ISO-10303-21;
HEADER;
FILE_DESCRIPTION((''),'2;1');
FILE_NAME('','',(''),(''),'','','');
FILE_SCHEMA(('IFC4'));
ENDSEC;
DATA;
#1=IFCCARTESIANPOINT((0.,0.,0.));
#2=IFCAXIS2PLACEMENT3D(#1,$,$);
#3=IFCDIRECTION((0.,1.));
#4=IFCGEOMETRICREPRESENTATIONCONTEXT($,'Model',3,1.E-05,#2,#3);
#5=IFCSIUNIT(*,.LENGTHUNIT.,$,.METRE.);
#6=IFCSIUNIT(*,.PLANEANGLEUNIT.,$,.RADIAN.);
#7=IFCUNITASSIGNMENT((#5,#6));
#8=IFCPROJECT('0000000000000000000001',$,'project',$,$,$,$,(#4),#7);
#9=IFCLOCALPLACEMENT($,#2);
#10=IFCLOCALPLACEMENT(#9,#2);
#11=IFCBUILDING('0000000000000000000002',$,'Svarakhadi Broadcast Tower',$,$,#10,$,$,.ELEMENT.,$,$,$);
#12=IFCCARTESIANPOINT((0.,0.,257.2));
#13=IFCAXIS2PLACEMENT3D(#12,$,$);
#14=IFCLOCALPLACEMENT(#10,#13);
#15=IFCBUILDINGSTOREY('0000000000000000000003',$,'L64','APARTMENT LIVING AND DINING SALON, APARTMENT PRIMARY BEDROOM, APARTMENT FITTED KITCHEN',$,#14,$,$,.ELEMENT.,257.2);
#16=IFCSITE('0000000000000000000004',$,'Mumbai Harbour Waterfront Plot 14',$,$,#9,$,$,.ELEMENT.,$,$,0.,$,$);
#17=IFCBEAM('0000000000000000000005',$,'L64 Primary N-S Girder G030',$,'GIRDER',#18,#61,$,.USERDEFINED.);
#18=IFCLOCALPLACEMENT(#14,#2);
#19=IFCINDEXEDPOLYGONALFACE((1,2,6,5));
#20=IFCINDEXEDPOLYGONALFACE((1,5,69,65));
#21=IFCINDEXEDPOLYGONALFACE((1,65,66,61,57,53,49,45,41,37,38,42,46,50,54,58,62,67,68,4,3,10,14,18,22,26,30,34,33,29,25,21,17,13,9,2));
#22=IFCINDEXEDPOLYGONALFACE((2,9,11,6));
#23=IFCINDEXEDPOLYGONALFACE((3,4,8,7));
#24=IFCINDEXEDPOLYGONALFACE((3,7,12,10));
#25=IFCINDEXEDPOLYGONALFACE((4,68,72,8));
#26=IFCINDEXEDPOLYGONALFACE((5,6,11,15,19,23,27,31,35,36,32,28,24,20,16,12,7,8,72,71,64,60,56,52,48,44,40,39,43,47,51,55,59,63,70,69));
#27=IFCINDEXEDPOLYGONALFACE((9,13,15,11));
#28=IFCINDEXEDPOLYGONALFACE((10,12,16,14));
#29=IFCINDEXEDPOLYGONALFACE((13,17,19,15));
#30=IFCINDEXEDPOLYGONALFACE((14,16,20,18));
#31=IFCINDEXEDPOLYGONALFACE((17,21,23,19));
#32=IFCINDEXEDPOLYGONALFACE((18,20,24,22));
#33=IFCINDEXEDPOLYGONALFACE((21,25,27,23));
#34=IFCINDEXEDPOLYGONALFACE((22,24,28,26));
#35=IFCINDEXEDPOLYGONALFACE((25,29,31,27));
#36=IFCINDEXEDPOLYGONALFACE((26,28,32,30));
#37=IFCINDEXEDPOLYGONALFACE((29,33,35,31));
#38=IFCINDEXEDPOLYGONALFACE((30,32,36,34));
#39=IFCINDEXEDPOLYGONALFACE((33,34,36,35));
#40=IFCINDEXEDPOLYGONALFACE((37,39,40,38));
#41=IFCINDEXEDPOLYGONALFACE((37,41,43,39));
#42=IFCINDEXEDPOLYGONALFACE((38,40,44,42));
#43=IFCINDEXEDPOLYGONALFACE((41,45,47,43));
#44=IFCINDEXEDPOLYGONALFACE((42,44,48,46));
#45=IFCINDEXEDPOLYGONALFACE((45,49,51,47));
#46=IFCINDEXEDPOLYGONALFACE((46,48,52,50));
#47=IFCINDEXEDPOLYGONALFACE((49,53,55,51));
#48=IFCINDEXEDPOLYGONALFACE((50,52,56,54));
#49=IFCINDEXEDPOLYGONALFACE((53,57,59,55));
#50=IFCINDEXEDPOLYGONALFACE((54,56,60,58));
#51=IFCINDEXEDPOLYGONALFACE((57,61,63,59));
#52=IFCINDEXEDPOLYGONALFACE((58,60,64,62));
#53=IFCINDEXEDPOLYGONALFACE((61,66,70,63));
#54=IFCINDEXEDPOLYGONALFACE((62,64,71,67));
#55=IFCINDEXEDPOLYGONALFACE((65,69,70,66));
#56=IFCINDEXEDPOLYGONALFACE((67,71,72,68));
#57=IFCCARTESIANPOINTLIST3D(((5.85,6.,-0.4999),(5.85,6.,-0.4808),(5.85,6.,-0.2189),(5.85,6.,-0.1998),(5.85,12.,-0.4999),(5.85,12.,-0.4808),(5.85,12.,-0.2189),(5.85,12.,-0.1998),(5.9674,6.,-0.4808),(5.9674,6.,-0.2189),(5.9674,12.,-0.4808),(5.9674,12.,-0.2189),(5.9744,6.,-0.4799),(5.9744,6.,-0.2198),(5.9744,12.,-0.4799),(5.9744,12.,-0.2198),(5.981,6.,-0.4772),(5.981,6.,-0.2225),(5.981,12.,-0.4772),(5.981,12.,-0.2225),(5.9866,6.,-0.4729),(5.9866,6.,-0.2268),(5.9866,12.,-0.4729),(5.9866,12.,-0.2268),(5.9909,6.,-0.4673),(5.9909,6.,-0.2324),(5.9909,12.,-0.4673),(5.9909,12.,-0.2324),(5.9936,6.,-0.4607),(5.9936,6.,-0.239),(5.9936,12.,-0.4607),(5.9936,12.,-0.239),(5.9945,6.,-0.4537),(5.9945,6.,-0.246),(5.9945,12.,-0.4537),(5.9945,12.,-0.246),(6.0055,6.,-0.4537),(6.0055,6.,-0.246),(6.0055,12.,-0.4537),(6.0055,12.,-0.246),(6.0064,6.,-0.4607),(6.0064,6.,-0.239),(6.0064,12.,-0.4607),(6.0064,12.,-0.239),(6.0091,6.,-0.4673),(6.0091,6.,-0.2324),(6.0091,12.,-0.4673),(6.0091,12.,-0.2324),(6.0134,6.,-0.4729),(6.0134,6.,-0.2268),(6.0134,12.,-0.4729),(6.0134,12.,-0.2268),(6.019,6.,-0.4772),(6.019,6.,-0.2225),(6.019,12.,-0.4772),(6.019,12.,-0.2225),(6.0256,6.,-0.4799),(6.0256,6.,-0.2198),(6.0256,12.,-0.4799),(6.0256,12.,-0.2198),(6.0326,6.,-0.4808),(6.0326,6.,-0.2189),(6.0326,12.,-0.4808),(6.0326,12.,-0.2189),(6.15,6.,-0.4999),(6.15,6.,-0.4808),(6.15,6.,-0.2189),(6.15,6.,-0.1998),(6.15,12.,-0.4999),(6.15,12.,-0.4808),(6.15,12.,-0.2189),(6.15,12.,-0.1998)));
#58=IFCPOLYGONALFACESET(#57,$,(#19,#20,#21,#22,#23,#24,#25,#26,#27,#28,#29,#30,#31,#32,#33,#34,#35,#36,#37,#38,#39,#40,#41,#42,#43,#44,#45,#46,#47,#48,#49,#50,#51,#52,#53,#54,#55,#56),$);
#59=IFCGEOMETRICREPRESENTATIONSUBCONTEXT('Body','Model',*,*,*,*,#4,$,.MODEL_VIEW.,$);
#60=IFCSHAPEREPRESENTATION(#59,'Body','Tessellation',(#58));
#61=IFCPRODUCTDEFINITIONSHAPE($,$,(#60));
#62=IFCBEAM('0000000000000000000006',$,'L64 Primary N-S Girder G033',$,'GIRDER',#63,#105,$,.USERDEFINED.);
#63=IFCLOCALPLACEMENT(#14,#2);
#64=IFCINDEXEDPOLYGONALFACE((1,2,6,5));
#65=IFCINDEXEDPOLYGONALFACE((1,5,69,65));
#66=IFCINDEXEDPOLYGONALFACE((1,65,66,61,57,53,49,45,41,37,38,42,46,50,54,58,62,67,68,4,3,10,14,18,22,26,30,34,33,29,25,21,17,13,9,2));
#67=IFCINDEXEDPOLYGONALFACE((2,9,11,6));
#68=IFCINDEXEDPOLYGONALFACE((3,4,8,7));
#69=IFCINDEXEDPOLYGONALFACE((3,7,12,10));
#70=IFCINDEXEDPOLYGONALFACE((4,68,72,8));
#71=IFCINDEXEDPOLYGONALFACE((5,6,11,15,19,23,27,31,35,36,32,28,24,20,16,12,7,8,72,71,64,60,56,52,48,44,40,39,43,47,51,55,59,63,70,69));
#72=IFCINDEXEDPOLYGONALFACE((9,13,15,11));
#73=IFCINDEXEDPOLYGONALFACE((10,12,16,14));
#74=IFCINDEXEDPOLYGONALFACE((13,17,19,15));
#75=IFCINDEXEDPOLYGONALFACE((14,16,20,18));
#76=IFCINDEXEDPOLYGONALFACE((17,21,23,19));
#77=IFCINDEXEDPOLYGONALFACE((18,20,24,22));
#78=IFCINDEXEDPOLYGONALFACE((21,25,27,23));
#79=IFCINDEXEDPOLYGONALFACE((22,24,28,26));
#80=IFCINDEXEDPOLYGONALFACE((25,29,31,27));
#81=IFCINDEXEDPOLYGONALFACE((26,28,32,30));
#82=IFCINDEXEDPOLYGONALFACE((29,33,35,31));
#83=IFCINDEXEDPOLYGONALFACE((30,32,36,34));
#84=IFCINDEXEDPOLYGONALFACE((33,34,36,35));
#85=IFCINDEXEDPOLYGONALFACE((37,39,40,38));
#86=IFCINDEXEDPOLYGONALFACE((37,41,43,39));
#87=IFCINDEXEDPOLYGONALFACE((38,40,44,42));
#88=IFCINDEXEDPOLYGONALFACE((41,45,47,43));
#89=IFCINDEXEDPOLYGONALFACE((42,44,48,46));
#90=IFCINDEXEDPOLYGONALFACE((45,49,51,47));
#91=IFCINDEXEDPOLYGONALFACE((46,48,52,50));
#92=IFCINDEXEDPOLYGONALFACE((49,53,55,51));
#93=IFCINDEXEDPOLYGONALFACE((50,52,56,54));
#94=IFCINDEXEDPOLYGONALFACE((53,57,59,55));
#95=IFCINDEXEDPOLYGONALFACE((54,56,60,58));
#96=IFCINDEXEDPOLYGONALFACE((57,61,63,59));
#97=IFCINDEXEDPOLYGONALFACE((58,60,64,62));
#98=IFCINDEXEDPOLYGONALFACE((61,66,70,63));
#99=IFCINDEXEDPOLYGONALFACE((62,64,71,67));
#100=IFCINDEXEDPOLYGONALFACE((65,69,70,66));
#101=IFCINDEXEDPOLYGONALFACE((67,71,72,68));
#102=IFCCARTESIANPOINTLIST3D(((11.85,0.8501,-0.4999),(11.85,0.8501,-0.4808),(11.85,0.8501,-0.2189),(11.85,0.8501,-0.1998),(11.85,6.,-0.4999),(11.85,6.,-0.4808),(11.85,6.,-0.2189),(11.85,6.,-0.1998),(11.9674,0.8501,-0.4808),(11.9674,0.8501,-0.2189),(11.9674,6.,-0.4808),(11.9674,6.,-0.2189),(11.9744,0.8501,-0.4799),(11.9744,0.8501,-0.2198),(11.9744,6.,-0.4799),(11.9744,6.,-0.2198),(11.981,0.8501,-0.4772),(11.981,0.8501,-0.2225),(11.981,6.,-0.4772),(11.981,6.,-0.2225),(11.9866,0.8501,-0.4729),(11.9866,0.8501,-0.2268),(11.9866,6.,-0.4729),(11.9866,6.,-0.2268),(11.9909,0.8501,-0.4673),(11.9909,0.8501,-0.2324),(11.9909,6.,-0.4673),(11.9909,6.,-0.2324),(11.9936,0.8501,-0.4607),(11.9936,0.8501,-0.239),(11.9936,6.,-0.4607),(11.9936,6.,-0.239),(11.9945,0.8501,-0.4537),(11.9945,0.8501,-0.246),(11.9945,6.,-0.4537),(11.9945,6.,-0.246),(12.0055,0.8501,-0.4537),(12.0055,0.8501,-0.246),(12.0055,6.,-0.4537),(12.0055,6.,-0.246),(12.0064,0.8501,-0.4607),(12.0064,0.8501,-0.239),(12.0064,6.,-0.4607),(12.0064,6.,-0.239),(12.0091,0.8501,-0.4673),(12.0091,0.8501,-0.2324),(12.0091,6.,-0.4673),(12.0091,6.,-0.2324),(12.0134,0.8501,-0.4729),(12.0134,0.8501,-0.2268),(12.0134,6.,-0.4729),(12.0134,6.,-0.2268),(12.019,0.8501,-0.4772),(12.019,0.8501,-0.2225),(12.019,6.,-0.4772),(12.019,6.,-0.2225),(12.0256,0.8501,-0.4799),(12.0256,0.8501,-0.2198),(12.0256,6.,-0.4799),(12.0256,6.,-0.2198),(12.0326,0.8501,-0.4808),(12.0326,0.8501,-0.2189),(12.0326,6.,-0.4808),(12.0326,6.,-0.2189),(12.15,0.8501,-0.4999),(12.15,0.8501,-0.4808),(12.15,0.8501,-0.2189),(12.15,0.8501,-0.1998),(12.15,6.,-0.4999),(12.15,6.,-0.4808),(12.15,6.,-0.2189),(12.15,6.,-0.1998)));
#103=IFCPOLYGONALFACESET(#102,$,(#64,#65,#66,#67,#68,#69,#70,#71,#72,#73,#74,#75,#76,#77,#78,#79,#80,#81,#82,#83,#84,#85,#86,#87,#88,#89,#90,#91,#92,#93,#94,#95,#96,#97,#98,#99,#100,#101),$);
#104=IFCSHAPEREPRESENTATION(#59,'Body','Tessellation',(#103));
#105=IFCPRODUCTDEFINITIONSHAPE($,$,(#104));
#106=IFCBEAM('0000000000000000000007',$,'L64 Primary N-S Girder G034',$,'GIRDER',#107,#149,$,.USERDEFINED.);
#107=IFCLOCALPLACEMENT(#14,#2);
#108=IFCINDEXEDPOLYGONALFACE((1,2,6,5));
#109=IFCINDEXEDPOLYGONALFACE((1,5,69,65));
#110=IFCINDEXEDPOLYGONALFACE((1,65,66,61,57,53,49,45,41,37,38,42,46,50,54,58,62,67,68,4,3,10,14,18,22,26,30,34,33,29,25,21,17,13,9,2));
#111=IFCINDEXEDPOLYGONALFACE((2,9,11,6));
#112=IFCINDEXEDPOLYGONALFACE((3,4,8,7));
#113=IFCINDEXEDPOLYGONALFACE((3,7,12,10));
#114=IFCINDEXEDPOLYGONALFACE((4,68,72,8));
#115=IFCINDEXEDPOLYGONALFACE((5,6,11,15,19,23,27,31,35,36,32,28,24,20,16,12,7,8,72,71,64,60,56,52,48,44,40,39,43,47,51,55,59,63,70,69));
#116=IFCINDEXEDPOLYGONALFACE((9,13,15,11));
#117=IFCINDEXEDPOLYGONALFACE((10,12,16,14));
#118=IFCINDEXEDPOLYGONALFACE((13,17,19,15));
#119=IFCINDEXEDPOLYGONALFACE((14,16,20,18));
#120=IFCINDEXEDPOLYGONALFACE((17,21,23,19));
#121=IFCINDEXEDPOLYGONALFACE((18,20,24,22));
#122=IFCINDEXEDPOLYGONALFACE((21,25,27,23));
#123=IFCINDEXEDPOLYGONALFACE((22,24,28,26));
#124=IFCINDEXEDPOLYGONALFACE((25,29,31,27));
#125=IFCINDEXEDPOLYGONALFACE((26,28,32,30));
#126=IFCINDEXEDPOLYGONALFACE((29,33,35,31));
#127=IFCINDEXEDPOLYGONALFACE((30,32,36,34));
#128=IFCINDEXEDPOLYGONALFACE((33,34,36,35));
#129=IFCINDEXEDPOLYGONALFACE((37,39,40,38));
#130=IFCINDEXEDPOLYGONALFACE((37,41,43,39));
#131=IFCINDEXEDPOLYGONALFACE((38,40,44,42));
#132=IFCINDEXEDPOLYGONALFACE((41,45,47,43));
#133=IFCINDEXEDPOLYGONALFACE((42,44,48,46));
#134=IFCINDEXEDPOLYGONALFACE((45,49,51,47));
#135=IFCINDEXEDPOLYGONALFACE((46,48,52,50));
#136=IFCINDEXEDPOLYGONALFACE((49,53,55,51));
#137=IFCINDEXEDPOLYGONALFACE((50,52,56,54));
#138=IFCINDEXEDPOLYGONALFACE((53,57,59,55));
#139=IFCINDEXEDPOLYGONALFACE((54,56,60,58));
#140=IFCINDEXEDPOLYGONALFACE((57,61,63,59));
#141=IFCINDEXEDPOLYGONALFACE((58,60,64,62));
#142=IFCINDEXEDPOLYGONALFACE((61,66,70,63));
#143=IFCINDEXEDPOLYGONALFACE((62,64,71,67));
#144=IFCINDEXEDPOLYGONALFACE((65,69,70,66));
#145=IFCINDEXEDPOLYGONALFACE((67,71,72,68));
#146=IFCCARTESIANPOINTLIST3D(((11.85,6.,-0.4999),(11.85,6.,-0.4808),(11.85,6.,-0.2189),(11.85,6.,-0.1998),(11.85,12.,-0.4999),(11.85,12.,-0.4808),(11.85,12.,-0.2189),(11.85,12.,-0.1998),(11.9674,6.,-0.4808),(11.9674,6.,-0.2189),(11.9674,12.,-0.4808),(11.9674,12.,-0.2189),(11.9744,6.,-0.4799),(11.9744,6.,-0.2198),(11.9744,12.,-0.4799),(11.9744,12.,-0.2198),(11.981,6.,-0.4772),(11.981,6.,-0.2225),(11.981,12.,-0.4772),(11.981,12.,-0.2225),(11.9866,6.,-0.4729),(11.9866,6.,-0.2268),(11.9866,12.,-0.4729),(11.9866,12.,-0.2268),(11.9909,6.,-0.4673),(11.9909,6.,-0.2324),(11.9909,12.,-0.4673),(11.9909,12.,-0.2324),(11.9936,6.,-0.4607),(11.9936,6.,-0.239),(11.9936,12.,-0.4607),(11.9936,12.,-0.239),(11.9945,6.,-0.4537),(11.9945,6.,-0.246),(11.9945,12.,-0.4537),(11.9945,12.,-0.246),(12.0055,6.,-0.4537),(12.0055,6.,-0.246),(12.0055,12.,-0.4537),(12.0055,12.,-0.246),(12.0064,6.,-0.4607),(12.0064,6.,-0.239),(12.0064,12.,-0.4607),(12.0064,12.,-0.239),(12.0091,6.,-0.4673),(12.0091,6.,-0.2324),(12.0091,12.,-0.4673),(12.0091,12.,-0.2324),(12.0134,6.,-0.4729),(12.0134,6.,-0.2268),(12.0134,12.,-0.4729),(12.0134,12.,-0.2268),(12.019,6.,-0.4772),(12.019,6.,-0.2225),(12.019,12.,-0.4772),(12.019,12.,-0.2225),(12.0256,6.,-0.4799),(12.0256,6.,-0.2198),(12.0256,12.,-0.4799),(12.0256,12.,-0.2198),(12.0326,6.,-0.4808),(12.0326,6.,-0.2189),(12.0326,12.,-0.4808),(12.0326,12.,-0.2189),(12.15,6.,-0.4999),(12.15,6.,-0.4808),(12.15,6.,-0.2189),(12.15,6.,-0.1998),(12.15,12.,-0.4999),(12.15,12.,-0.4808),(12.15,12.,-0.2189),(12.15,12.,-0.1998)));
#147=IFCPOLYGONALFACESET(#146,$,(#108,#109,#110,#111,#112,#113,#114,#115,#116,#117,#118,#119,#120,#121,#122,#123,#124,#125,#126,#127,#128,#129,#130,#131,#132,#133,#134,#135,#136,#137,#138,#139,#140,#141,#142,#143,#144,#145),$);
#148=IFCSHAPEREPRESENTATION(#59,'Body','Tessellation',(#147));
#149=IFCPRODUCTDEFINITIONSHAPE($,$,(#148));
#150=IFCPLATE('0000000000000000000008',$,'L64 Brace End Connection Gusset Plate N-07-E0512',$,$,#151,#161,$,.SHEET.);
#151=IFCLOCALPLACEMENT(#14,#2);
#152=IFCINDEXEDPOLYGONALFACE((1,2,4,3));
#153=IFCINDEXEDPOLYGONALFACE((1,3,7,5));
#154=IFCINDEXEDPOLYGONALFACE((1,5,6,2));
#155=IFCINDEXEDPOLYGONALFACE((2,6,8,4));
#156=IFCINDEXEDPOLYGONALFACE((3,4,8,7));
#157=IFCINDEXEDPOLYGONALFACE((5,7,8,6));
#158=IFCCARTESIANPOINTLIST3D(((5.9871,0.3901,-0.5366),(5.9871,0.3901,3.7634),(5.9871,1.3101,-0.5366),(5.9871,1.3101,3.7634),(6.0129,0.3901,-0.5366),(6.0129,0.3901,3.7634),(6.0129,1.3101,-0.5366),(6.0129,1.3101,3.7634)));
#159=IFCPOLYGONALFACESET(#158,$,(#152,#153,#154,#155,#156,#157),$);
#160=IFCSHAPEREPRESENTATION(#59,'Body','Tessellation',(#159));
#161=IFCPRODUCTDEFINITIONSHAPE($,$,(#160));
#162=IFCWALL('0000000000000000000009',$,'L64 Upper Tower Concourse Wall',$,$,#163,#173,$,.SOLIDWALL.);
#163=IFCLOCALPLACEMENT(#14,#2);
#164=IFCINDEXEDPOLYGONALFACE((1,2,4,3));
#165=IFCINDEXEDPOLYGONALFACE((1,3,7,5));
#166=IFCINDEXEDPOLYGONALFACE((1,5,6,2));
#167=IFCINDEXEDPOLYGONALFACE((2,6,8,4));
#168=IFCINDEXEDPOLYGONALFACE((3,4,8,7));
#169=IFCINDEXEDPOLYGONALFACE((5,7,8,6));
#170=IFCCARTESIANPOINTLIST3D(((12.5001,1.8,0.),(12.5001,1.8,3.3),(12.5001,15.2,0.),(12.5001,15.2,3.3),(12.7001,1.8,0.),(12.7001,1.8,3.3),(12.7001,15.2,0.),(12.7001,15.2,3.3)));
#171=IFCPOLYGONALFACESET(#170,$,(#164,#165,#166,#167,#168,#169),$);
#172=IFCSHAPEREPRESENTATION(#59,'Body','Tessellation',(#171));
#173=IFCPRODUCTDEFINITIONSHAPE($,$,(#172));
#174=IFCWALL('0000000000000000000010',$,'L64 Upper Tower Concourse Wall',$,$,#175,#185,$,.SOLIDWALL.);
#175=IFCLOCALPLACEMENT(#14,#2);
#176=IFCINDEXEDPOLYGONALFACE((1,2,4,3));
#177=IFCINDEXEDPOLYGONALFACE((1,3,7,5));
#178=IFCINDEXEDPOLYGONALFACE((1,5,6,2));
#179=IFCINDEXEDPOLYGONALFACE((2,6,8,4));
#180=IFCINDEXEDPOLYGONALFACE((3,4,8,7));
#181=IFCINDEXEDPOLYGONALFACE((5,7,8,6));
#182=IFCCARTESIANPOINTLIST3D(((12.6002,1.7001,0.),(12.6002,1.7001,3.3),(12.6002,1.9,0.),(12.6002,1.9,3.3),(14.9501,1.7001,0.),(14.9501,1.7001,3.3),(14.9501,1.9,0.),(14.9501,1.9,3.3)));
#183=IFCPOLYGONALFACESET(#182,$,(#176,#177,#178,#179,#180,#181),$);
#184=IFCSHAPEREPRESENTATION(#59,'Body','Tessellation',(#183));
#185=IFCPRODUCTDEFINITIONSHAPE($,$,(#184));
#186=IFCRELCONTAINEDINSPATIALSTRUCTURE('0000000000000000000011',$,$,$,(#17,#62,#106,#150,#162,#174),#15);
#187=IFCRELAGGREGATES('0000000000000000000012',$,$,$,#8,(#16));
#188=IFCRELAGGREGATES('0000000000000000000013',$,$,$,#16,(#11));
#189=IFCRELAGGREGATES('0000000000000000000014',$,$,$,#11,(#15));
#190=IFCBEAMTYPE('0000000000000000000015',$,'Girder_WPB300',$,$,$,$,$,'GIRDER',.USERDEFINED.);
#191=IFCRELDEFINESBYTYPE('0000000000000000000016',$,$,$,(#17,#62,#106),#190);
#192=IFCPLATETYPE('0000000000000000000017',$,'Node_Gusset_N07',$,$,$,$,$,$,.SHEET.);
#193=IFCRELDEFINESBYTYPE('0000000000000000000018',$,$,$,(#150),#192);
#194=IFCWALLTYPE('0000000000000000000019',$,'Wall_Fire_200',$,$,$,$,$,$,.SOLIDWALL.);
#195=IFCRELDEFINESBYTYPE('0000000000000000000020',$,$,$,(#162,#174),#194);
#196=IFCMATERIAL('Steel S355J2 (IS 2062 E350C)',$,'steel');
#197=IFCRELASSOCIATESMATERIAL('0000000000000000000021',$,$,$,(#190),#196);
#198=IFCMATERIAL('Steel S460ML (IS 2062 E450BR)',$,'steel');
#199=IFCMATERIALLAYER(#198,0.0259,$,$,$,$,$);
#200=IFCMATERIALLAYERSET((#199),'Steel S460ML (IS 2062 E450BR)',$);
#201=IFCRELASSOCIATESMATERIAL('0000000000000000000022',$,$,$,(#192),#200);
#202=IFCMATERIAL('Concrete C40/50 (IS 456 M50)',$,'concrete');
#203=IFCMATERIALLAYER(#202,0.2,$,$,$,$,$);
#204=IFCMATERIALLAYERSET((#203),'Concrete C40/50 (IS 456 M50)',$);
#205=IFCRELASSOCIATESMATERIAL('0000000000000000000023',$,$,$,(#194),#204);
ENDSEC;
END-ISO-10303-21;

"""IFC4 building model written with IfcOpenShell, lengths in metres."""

from ifc_helpers import new_model, si_unit, direction, frame, frame_2d, origin, origin_2d, place, context, subcontext, project, spatial, rectangle, i_section, extrude, material, layer, layer_set, material_profile, profile_set, type_object, element, save


model = new_model("IFC4")

# Units and contexts
model_context = context("Model", 3, precision=1e-05, world=origin(), true_north=direction((0.0, 1.0)))
body_context = subcontext(model_context, "Body", "Model", "MODEL_VIEW")
ifc_project = project(units=[si_unit("LENGTHUNIT", "METRE"), si_unit("PLANEANGLEUNIT", "RADIAN")], contexts=[model_context])

# Site, building, storey
site_placement = place(None, origin())
site = spatial("IfcSite", under=ifc_project, at=site_placement, Name="Mumbai Harbour Waterfront Plot 14", CompositionType="ELEMENT", RefElevation=0.0)
building_placement = place(site_placement, origin())
building = spatial("IfcBuilding", under=site, at=building_placement, Name="Svarakhadi Broadcast Tower", CompositionType="ELEMENT")
storey_placement = place(building_placement, frame((0.0, 0.0, 257.2)))
storey = spatial("IfcBuildingStorey", under=building, at=storey_placement, Name="L64", Description="APARTMENT LIVING AND DINING SALON, APARTMENT PRIMARY BEDROOM, APARTMENT FITTED KITCHEN", CompositionType="ELEMENT", Elevation=257.2)

# Shared definitions
ifc_material_1 = material(Name="Steel S460ML (IS 2062 E450BR)", Category="steel")

# Beams
ifc_material_2 = material(Name="Steel S355J2 (IS 2062 E350C)", Category="steel")
ifc_material_profile_1 = material_profile(ifc_material_2, i_section(OverallWidth=0.3, OverallDepth=0.3, WebThickness=0.011, FlangeThickness=0.019, FilletRadius=0.0271, at=origin_2d()), Name="WPB 300x300x117")
ifc_profile_set_1 = profile_set([ifc_material_profile_1], Name="Steel S355J2 (IS 2062 E350C)")
beam_type_1 = type_object("IfcBeamType", Name="Girder_WPB300", ElementType="GIRDER", PredefinedType="USERDEFINED", material=ifc_profile_set_1)
beam_1_placement = place(storey_placement, frame((6.0, 6.0, -0.3499), z_axis=(0.0, 1.0, 0.0), x_axis=(-1.0, 0.0, 0.0)))
element("IfcBeam", 1, at=beam_1_placement, inside=storey, type_object=beam_type_1, Name="L64 Primary N-S Girder G030", ObjectType="GIRDER", PredefinedType="USERDEFINED", context=body_context, shape_type="SweptSolid", body=[
    extrude(i_section(OverallWidth=0.3, OverallDepth=0.3, WebThickness=0.011, FlangeThickness=0.019, FilletRadius=0.0271, at=origin_2d()), origin(), (0.0, 0.0, 1.0), 6.0),
])
beam_2_placement = place(storey_placement, frame((12.0, 0.8501, -0.3499), z_axis=(0.0, 1.0, 0.0), x_axis=(-1.0, 0.0, 0.0)))
element("IfcBeam", 2, at=beam_2_placement, inside=storey, type_object=beam_type_1, Name="L64 Primary N-S Girder G033", ObjectType="GIRDER", PredefinedType="USERDEFINED", context=body_context, shape_type="SweptSolid", body=[
    extrude(i_section(OverallWidth=0.3, OverallDepth=0.3, WebThickness=0.011, FlangeThickness=0.019, FilletRadius=0.0271, at=origin_2d()), origin(), (0.0, 0.0, 1.0), 5.1499),
])
beam_3_placement = place(storey_placement, frame((12.0, 6.0, -0.3499), z_axis=(0.0, 1.0, 0.0), x_axis=(-1.0, 0.0, 0.0)))
element("IfcBeam", 3, at=beam_3_placement, inside=storey, type_object=beam_type_1, Name="L64 Primary N-S Girder G034", ObjectType="GIRDER", PredefinedType="USERDEFINED", context=body_context, shape_type="SweptSolid", body=[
    extrude(i_section(OverallWidth=0.3, OverallDepth=0.3, WebThickness=0.011, FlangeThickness=0.019, FilletRadius=0.0271, at=origin_2d()), origin(), (0.0, 0.0, 1.0), 6.0),
])

# Plate
ifc_layer_1 = layer(ifc_material_1, 0.0259)
ifc_layer_set_1 = layer_set([ifc_layer_1], Name="Steel S460ML (IS 2062 E450BR)")
plate_type = type_object("IfcPlateType", Name="Node_Gusset_N07", PredefinedType="SHEET", material=ifc_layer_set_1)
plate_placement = place(storey_placement, frame((6.0, 0.8501, -0.5366), z_axis=(0.0, 0.0, 1.0), x_axis=(0.0, 1.0, 0.0)))
element("IfcPlate", 4, at=plate_placement, inside=storey, type_object=plate_type, Name="L64 Brace End Connection Gusset Plate N-07-E0512", PredefinedType="SHEET", context=body_context, shape_type="SweptSolid", body=[
    extrude(rectangle(XDim=0.9199, YDim=0.0259, at=origin_2d()), origin(), (0.0, 0.0, 1.0), 4.3),
])

# Walls
ifc_material_3 = material(Name="Concrete C40/50 (IS 456 M50)", Category="concrete")
ifc_layer_2 = layer(ifc_material_3, 0.2)
ifc_layer_set_2 = layer_set([ifc_layer_2], Name="Concrete C40/50 (IS 456 M50)")
wall_type_1 = type_object("IfcWallType", Name="Wall_Fire_200", PredefinedType="SOLIDWALL", material=ifc_layer_set_2)
wall_1_placement = place(storey_placement, frame((12.6001, 1.8, 0.0), z_axis=(0.0, 0.0, 1.0), x_axis=(0.0, 1.0, 0.0)))
element("IfcWall", 5, at=wall_1_placement, inside=storey, type_object=wall_type_1, Name="L64 Upper Tower Concourse Wall", PredefinedType="SOLIDWALL", context=body_context, shape_type="SweptSolid", body=[
    extrude(rectangle(XDim=13.3999, YDim=0.2, at=frame_2d((6.7, 0.0))), origin(), (0.0, 0.0, 1.0), 3.3),
])
wall_2_placement = place(storey_placement, frame((14.95, 1.8, 0.0), z_axis=(0.0, 0.0, 1.0), x_axis=(-1.0, 0.0, 0.0)))
element("IfcWall", 6, at=wall_2_placement, inside=storey, type_object=wall_type_1, Name="L64 Upper Tower Concourse Wall", PredefinedType="SOLIDWALL", context=body_context, shape_type="SweptSolid", body=[
    extrude(rectangle(XDim=2.3499, YDim=0.2, at=frame_2d((1.1748, 0.0))), origin(), (0.0, 0.0, 1.0), 3.3),
])

save(model, "model.ifc")
